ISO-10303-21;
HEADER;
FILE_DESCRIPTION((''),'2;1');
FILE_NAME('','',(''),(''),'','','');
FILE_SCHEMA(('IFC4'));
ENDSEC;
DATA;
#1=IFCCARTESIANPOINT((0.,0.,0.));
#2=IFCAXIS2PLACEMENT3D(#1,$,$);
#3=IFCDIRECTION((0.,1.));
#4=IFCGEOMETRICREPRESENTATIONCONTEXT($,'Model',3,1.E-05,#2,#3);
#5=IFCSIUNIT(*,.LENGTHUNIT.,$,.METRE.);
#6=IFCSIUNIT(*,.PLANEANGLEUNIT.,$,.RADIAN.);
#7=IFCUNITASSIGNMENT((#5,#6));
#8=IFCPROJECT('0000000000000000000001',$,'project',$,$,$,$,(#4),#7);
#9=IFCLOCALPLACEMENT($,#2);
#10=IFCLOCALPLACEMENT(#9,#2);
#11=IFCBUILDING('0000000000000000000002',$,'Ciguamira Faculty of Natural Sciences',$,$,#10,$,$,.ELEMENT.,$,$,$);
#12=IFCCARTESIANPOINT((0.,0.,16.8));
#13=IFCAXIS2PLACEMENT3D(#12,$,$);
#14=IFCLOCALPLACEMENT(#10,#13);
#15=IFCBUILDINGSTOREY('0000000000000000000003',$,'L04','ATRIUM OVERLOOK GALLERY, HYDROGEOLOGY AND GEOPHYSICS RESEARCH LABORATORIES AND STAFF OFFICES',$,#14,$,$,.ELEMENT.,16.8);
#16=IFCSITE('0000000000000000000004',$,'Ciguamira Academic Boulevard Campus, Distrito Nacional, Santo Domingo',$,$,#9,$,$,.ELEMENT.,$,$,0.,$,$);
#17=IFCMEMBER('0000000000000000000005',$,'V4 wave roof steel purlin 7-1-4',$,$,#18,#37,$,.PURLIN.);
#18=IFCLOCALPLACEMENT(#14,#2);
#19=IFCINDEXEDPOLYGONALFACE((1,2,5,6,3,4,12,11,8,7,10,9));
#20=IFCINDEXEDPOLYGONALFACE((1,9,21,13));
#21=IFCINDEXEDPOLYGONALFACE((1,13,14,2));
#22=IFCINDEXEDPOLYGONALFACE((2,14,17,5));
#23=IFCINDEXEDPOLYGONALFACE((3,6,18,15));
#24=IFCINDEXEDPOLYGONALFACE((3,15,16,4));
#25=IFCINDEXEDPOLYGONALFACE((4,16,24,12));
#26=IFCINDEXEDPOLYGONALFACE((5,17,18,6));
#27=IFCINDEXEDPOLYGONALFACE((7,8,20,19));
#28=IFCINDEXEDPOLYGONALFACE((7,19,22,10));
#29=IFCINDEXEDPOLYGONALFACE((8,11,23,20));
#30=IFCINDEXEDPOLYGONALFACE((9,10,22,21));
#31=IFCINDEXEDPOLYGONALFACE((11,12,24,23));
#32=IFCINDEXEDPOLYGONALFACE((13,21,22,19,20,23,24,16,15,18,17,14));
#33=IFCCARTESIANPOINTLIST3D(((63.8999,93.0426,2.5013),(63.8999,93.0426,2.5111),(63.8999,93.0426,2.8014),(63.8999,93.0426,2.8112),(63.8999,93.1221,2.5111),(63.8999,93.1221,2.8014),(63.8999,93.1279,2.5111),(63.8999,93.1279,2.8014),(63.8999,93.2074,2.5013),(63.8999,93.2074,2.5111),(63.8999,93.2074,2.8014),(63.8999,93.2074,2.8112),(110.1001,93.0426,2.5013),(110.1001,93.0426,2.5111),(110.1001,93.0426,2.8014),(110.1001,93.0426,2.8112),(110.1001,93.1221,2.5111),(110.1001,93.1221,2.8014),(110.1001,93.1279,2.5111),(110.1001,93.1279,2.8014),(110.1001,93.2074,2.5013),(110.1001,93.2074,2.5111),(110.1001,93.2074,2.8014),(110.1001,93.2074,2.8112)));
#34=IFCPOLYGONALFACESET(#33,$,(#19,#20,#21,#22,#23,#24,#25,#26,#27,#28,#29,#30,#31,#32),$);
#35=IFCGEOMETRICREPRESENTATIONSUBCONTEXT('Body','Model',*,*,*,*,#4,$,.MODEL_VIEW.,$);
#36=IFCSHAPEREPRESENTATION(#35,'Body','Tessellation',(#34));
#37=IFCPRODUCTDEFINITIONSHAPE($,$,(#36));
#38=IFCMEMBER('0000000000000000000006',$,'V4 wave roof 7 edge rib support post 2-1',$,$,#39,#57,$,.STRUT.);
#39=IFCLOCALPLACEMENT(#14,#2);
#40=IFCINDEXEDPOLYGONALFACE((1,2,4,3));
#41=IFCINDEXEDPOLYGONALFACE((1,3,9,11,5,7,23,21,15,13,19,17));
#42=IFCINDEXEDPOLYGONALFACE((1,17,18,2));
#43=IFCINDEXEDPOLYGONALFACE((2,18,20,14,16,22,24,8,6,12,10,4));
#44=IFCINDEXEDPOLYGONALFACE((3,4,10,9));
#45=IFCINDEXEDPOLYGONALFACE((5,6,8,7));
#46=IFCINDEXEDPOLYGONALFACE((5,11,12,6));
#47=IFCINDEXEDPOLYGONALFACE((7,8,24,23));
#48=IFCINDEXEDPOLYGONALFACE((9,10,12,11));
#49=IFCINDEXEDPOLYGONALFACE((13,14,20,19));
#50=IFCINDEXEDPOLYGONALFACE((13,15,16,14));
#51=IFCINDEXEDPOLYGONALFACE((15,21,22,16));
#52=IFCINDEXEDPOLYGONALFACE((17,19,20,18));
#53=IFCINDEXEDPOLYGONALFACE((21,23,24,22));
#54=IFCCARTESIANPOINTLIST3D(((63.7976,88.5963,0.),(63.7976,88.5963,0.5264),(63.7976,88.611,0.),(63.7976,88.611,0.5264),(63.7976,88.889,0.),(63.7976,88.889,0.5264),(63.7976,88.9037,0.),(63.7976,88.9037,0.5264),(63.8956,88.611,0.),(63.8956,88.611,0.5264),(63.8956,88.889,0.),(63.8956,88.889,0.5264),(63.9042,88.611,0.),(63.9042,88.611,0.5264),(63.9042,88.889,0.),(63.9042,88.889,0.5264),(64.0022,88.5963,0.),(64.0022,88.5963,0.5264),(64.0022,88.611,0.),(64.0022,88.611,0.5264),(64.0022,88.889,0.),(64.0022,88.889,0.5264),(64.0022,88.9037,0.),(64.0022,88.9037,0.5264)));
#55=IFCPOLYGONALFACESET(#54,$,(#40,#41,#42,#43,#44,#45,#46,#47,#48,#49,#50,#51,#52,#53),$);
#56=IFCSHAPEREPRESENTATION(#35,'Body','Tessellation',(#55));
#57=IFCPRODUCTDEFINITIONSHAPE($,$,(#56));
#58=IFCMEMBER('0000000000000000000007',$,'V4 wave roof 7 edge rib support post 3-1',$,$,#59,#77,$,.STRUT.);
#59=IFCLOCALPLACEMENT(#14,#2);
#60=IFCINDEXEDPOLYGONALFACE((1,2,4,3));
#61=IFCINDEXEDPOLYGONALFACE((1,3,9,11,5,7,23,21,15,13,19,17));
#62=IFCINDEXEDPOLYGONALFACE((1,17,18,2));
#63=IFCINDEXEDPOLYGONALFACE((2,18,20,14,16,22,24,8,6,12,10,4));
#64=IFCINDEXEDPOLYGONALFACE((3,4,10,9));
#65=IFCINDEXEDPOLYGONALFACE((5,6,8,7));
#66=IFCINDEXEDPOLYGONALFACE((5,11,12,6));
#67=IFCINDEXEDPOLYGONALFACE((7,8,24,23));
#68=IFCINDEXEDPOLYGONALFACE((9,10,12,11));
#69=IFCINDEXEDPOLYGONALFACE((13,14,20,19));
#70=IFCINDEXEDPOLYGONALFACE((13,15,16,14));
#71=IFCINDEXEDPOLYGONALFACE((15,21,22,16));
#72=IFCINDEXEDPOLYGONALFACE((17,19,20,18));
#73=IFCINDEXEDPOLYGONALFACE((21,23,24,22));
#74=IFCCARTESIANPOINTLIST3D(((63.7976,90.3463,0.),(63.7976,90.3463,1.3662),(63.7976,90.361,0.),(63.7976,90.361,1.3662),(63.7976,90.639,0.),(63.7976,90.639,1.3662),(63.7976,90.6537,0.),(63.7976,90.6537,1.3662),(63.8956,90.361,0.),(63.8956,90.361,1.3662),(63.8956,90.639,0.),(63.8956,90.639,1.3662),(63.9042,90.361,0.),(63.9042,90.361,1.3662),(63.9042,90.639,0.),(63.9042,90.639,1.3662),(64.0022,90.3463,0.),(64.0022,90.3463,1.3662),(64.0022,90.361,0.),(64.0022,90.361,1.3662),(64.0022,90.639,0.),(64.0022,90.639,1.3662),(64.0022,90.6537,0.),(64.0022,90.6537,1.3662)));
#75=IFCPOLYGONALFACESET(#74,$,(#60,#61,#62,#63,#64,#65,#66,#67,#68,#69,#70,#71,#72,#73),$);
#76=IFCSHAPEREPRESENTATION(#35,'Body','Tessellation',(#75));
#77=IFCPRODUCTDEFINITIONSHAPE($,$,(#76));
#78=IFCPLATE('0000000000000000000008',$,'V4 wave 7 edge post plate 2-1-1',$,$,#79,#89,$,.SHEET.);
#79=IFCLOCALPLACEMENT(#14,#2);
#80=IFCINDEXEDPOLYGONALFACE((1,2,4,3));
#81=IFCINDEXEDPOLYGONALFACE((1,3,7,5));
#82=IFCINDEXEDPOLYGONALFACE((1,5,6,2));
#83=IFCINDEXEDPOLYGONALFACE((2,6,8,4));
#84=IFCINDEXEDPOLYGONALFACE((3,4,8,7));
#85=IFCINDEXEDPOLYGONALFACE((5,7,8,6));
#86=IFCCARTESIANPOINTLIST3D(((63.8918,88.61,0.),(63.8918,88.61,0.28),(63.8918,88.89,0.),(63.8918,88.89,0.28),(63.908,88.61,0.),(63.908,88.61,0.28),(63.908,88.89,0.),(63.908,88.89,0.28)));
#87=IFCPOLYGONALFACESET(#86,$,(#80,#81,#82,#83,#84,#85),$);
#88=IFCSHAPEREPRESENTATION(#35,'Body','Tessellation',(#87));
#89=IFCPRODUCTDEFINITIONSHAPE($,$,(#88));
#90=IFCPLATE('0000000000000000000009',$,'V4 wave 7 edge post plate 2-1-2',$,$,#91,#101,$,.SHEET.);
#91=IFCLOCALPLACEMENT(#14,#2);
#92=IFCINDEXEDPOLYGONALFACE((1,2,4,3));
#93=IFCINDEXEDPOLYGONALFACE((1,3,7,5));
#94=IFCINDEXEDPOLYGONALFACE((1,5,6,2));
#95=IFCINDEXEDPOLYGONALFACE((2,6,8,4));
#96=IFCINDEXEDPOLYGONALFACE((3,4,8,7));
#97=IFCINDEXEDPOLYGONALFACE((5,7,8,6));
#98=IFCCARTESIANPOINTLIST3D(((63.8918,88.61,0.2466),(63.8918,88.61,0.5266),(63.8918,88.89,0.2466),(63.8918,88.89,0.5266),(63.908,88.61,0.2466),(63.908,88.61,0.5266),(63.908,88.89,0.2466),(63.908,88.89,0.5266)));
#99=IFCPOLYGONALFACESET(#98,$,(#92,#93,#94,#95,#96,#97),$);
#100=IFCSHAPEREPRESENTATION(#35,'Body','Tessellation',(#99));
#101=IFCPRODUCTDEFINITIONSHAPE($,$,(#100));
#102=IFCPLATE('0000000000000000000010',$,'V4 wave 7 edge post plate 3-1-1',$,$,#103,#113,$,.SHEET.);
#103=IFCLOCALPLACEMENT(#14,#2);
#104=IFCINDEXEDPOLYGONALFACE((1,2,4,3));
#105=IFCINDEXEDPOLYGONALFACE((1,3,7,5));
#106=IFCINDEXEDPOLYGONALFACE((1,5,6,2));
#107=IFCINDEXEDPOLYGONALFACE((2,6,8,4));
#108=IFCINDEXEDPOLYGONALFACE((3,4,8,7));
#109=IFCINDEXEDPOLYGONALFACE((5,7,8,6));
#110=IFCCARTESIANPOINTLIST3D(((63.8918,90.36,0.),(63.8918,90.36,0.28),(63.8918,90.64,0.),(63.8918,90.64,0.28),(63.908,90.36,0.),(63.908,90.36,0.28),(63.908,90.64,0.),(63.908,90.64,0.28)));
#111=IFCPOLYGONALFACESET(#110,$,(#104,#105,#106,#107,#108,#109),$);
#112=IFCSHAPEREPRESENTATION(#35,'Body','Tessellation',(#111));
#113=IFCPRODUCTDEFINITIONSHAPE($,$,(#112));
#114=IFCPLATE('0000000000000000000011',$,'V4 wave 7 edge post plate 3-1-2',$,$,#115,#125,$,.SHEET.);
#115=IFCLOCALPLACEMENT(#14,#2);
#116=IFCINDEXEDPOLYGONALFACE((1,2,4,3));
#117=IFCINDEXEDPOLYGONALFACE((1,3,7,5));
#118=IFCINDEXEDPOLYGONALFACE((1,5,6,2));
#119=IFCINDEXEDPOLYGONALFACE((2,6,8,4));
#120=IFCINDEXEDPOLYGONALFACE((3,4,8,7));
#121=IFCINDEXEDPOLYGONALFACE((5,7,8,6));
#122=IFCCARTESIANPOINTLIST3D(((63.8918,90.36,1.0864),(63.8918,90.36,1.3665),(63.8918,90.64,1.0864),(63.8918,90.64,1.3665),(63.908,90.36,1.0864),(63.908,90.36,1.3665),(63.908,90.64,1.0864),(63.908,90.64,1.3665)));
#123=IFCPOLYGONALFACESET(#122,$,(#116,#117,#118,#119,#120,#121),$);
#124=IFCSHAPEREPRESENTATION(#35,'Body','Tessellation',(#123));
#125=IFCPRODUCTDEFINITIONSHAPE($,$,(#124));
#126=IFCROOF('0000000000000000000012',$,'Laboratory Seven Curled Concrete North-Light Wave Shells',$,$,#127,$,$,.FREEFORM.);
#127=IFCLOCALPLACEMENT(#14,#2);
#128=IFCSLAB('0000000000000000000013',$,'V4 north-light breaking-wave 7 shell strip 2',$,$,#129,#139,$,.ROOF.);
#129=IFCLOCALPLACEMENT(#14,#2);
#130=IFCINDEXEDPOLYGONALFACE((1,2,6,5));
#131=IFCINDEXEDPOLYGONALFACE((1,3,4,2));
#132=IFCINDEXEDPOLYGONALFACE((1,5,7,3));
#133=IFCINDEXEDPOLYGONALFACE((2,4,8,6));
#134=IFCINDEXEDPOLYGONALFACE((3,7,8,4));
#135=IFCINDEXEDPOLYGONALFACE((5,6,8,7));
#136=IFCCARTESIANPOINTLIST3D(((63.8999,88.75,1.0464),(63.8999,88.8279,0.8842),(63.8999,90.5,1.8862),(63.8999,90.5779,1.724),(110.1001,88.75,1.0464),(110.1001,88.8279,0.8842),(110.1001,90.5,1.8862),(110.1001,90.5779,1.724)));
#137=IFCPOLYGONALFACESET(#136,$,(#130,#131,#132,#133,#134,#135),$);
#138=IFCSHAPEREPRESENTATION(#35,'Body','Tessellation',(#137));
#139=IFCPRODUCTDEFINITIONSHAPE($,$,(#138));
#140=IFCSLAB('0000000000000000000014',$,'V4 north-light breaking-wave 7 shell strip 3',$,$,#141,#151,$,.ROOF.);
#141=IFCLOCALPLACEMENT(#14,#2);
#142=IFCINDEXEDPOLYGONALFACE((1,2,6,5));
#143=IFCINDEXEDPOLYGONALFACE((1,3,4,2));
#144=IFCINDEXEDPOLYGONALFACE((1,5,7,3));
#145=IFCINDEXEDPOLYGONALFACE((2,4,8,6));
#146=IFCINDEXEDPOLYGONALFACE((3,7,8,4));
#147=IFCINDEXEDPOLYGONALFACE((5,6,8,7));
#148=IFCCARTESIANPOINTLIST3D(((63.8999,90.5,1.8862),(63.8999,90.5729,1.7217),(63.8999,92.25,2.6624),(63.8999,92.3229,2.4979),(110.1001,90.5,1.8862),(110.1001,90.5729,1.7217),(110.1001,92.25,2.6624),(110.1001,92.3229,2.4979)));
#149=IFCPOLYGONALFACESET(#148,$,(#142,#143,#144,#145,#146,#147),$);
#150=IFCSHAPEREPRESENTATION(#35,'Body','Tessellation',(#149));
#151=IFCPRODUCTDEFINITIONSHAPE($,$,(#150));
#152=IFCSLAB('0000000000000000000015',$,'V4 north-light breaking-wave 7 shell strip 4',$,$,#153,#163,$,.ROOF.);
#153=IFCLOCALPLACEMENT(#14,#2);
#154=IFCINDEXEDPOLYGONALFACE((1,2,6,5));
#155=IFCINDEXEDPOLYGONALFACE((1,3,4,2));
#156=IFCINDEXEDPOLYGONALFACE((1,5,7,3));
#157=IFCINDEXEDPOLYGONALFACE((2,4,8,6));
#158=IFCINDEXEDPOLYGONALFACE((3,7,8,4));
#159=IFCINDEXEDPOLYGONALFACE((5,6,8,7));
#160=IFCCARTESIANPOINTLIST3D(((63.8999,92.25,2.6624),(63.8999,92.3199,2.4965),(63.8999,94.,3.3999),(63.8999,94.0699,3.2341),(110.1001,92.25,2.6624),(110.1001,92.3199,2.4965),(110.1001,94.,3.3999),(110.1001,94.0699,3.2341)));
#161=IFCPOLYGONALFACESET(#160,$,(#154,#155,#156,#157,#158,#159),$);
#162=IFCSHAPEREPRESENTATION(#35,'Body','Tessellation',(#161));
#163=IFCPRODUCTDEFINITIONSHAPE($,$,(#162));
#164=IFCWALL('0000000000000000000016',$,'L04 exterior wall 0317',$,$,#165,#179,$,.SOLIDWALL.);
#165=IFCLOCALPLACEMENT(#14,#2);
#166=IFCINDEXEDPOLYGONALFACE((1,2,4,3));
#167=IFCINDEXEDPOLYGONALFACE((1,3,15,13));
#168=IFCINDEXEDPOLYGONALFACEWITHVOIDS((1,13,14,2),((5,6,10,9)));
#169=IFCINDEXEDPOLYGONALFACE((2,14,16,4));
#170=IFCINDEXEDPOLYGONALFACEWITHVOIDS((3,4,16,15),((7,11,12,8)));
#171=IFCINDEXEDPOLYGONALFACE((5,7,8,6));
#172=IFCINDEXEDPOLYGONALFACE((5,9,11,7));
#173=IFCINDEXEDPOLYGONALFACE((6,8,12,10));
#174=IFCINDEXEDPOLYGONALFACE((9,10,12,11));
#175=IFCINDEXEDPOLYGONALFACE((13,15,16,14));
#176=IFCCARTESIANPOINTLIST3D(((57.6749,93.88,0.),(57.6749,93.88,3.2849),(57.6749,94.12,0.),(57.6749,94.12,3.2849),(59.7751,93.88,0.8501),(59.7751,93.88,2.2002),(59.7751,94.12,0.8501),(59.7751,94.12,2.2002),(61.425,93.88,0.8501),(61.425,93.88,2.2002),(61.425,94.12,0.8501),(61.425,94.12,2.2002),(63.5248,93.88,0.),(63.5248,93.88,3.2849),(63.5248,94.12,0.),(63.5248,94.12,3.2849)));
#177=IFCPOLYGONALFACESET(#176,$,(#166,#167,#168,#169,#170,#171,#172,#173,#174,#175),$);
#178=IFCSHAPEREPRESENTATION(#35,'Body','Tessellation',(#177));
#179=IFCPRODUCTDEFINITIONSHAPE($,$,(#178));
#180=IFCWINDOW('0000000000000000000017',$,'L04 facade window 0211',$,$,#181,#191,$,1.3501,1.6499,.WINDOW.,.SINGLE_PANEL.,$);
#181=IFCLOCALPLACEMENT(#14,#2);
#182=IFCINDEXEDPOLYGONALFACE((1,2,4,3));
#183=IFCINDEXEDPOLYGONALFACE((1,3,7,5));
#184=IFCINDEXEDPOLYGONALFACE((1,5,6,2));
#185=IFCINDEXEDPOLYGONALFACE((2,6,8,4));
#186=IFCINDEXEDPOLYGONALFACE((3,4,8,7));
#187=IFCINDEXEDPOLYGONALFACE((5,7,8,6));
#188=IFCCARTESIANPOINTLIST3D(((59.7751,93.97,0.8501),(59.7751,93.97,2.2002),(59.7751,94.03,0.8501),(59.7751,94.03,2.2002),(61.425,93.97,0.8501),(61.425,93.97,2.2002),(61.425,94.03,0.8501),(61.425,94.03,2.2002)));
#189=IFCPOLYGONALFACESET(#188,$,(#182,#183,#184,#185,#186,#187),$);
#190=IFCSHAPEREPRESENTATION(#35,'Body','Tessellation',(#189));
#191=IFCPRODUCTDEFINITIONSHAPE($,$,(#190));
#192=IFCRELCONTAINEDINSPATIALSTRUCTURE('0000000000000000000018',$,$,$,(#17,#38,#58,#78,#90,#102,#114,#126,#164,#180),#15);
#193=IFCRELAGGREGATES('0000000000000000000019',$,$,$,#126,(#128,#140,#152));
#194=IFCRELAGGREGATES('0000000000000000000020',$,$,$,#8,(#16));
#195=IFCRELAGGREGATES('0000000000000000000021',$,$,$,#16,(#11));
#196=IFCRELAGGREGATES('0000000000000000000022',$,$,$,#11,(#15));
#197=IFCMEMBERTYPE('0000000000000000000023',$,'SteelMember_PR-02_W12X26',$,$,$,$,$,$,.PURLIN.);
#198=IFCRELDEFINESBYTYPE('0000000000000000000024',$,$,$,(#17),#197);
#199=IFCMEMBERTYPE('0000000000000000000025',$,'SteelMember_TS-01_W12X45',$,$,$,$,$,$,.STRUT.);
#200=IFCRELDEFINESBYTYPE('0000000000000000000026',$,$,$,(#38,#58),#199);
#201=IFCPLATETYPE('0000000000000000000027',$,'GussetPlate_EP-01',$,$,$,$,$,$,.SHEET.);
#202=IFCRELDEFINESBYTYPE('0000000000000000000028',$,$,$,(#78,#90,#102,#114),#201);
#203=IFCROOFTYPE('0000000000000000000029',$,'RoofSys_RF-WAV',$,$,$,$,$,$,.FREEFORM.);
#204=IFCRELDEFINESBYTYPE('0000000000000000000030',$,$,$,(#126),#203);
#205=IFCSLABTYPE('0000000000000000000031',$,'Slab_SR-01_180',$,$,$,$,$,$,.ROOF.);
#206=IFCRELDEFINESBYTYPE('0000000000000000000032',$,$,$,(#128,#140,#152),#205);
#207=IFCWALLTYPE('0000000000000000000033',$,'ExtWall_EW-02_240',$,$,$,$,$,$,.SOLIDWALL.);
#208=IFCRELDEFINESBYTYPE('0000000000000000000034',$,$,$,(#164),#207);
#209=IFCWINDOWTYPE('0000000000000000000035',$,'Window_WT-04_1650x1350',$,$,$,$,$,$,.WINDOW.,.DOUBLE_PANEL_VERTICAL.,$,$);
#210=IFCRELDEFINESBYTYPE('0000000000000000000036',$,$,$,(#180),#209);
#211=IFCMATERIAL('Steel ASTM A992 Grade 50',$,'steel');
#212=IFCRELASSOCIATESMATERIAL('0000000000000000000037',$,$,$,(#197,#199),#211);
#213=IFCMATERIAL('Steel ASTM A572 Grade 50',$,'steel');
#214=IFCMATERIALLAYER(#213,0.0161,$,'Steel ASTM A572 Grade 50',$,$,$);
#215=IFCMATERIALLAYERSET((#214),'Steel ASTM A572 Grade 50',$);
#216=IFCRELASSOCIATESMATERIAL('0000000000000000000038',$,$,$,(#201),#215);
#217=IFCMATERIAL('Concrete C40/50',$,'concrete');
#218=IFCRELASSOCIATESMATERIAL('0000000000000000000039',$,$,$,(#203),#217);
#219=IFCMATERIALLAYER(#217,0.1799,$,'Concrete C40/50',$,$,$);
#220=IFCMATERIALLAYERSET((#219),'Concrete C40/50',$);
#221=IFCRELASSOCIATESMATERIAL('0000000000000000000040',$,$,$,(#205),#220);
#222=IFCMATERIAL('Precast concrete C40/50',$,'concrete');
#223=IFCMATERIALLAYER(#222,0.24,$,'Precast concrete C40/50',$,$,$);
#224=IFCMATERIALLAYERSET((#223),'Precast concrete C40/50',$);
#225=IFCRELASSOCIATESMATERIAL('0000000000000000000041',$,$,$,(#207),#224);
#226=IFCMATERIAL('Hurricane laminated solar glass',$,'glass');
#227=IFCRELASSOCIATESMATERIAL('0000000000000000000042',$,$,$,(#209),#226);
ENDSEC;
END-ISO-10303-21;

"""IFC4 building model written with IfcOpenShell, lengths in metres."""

from ifc_helpers import new_model, si_unit, direction, frame, frame_2d, origin, origin_2d, place, context, subcontext, project, spatial, polyline, rectangle, i_section, outline, extrude, material, layer, layer_set, material_profile, profile_set, type_object, element, fill, aggregate, save


model = new_model("IFC4")

# Units and contexts
model_context = context("Model", 3, precision=1e-05, world=origin(), true_north=direction((0.0, 1.0)))
body_context = subcontext(model_context, "Body", "Model", "MODEL_VIEW")
ifc_project = project(units=[si_unit("LENGTHUNIT", "METRE"), si_unit("PLANEANGLEUNIT", "RADIAN")], contexts=[model_context])

# Site, building, storey
site_placement = place(None, origin())
site = spatial("IfcSite", under=ifc_project, at=site_placement, Name="Ciguamira Academic Boulevard Campus, Distrito Nacional, Santo Domingo", CompositionType="ELEMENT", RefElevation=0.0)
building_placement = place(site_placement, origin())
building = spatial("IfcBuilding", under=site, at=building_placement, Name="Ciguamira Faculty of Natural Sciences", CompositionType="ELEMENT")
storey_placement = place(building_placement, frame((0.0, 0.0, 16.8)))
storey = spatial("IfcBuildingStorey", under=building, at=storey_placement, Name="L04", Description="ATRIUM OVERLOOK GALLERY, HYDROGEOLOGY AND GEOPHYSICS RESEARCH LABORATORIES AND STAFF OFFICES", CompositionType="ELEMENT", Elevation=16.8)

# Shared definitions
ifc_material_1 = material(Name="Concrete C40/50", Category="concrete")

# Members
ifc_material_2 = material(Name="Steel ASTM A992 Grade 50", Category="steel")
ifc_material_profile_1 = material_profile(ifc_material_2, i_section(OverallWidth=0.1648, OverallDepth=0.3098, WebThickness=0.0059, FlangeThickness=0.0098, at=origin_2d()), Name="W12X26")
ifc_profile_set_1 = profile_set([ifc_material_profile_1], Name="Steel ASTM A992 Grade 50")
member_type_1 = type_object("IfcMemberType", Name="SteelMember_PR-02_W12X26", PredefinedType="PURLIN", material=ifc_profile_set_1)
for number, where, z_axis, x_axis, name in (
    (1, (63.8999, 93.125, 2.6562), (1.0, 0.0, 0.0), (0.0, 1.0, 0.0), "V4 wave roof steel purlin 7-1-4"),
):
    element("IfcMember", number, at=place(storey_placement, frame(where, z_axis=z_axis, x_axis=x_axis)), inside=storey, type_object=member_type_1, Name=name, PredefinedType="PURLIN", context=body_context, shape_type="SweptSolid", body=[
        extrude(i_section(OverallWidth=0.1648, OverallDepth=0.3098, WebThickness=0.0059, FlangeThickness=0.0098, at=origin_2d()), origin(), (0.0, 0.0, 1.0), 46.2002),
    ])
ifc_material_profile_2 = material_profile(ifc_material_2, i_section(OverallWidth=0.2046, OverallDepth=0.3074, WebThickness=0.0085, FlangeThickness=0.0146, at=origin_2d()), Name="W12X45")
ifc_profile_set_2 = profile_set([ifc_material_profile_2], Name="Steel ASTM A992 Grade 50")
member_type_2 = type_object("IfcMemberType", Name="SteelMember_TS-01_W12X45", PredefinedType="STRUT", material=ifc_profile_set_2)
member_1_placement = place(storey_placement, frame((63.8999, 88.75, 0.0), z_axis=(0.0, 0.0, 1.0), x_axis=(1.0, 0.0, 0.0)))
element("IfcMember", 2, at=member_1_placement, inside=storey, type_object=member_type_2, Name="V4 wave roof 7 edge rib support post 2-1", PredefinedType="STRUT", context=body_context, shape_type="SweptSolid", body=[
    extrude(i_section(OverallWidth=0.2046, OverallDepth=0.3074, WebThickness=0.0085, FlangeThickness=0.0146, at=origin_2d()), origin(), (0.0, 0.0, 1.0), 0.5264),
])
member_2_placement = place(storey_placement, frame((63.8999, 90.5, 0.0), z_axis=(0.0, 0.0, 1.0), x_axis=(1.0, 0.0, 0.0)))
element("IfcMember", 3, at=member_2_placement, inside=storey, type_object=member_type_2, Name="V4 wave roof 7 edge rib support post 3-1", PredefinedType="STRUT", context=body_context, shape_type="SweptSolid", body=[
    extrude(i_section(OverallWidth=0.2046, OverallDepth=0.3074, WebThickness=0.0085, FlangeThickness=0.0146, at=origin_2d()), origin(), (0.0, 0.0, 1.0), 1.3662),
])

# Plates
ifc_material_3 = material(Name="Steel ASTM A572 Grade 50", Category="steel")
ifc_layer_1 = layer(ifc_material_3, 0.0161, Name="Steel ASTM A572 Grade 50")
ifc_layer_set_1 = layer_set([ifc_layer_1], Name="Steel ASTM A572 Grade 50")
plate_type = type_object("IfcPlateType", Name="GussetPlate_EP-01", PredefinedType="SHEET", material=ifc_layer_set_1)
for number, where, z_axis, x_axis, name in (
    (4, (63.8999, 88.75, 0.0), (0.0, 0.0, 1.0), (1.0, 0.0, 0.0), "V4 wave 7 edge post plate 2-1-1"),
    (5, (63.8999, 88.75, 0.2466), (0.0, 0.0, 1.0), (1.0, 0.0, 0.0), "V4 wave 7 edge post plate 2-1-2"),
    (6, (63.8999, 90.5, 0.0), (0.0, 0.0, 1.0), (1.0, 0.0, 0.0), "V4 wave 7 edge post plate 3-1-1"),
    (7, (63.8999, 90.5, 1.0864), (0.0, 0.0, 1.0), (1.0, 0.0, 0.0), "V4 wave 7 edge post plate 3-1-2"),
):
    element("IfcPlate", number, at=place(storey_placement, frame(where, z_axis=z_axis, x_axis=x_axis)), inside=storey, type_object=plate_type, Name=name, PredefinedType="SHEET", context=body_context, shape_type="SweptSolid", body=[
        extrude(rectangle(XDim=0.0161, YDim=0.28, at=origin_2d()), origin(), (0.0, 0.0, 1.0), 0.28),
    ])

# Roof, slabs
roof_type = type_object("IfcRoofType", Name="RoofSys_RF-WAV", PredefinedType="FREEFORM", material=ifc_material_1)
roof_placement = place(storey_placement, origin())
roof = element("IfcRoof", 8, at=roof_placement, inside=storey, type_object=roof_type, Name="Laboratory Seven Curled Concrete North-Light Wave Shells", PredefinedType="FREEFORM")
ifc_layer_2 = layer(ifc_material_1, 0.1799, Name="Concrete C40/50")
ifc_layer_set_2 = layer_set([ifc_layer_2], Name="Concrete C40/50")
slab_type = type_object("IfcSlabType", Name="Slab_SR-01_180", PredefinedType="ROOF", material=ifc_layer_set_2)
slab_1_placement = place(storey_placement, frame((63.8999, 88.75, 1.0464), z_axis=(0.0, -0.432666, 0.901554), x_axis=(1.0, 0.0, 0.0)))
slab_1 = element("IfcSlab", 9, at=slab_1_placement, type_object=slab_type, Name="V4 north-light breaking-wave 7 shell strip 2", PredefinedType="ROOF", context=body_context, shape_type="SweptSolid", body=[
    extrude(outline(polyline([(0.0, 0.0), (46.2002, 0.0), (46.2002, 1.9411), (0.0, 1.9411), (0.0, 0.0)])), origin(), (0.0, 0.0, -1.0), 0.1799),
])
slab_2_placement = place(storey_placement, frame((63.8999, 90.5, 1.8862), z_axis=(0.0, -0.405417, 0.914132), x_axis=(1.0, 0.0, 0.0)))
slab_2 = element("IfcSlab", 10, at=slab_2_placement, type_object=slab_type, Name="V4 north-light breaking-wave 7 shell strip 3", PredefinedType="ROOF", context=body_context, shape_type="SweptSolid", body=[
    extrude(outline(polyline([(0.0, 0.0), (46.2002, 0.0), (46.2002, 1.9144), (0.0, 1.9144), (0.0, 0.0)])), origin(), (0.0, 0.0, -1.0), 0.1799),
])
slab_3_placement = place(storey_placement, frame((63.8999, 92.25, 2.6624), z_axis=(0.0, -0.388373, 0.921502), x_axis=(1.0, 0.0, 0.0)))
slab_3 = element("IfcSlab", 11, at=slab_3_placement, type_object=slab_type, Name="V4 north-light breaking-wave 7 shell strip 4", PredefinedType="ROOF", context=body_context, shape_type="SweptSolid", body=[
    extrude(outline(polyline([(0.0, 0.0), (46.2002, 0.0), (46.2002, 1.8991), (0.0, 1.8991), (0.0, 0.0)])), origin(), (0.0, 0.0, -1.0), 0.1799),
])
aggregate(roof, [slab_1, slab_2, slab_3])

# Wall, opening, window
ifc_material_4 = material(Name="Precast concrete C40/50", Category="concrete")
ifc_layer_3 = layer(ifc_material_4, 0.24, Name="Precast concrete C40/50")
ifc_layer_set_3 = layer_set([ifc_layer_3], Name="Precast concrete C40/50")
wall_type = type_object("IfcWallType", Name="ExtWall_EW-02_240", PredefinedType="SOLIDWALL", material=ifc_layer_set_3)
wall_placement = place(storey_placement, frame((57.675, 94.0, 0.0), z_axis=(0.0, 0.0, 1.0), x_axis=(1.0, 0.0, 0.0)))
wall = element("IfcWall", 12, at=wall_placement, inside=storey, type_object=wall_type, Name="L04 exterior wall 0317", PredefinedType="SOLIDWALL", context=body_context, shape_type="SweptSolid", body=[
    extrude(rectangle(XDim=5.8499, YDim=0.24, at=frame_2d((2.9248, 0.0))), origin(), (0.0, 0.0, 1.0), 3.2849),
])
opening_placement = place(wall_placement, frame((2.1001, 0.0, 0.8501)))
opening = element("IfcOpeningElement", 13, at=opening_placement, cuts=wall, PredefinedType="OPENING", context=body_context, shape_type="SweptSolid", body=[
    extrude(rectangle(XDim=1.6499, YDim=1.3501, at=frame_2d((0.825, 0.675))), frame((0.0, 0.1299, 0.0), z_axis=(0.0, -1.0, 0.0), x_axis=(1.0, 0.0, 0.0)), (0.0, 0.0, 1.0), 0.26),
])
ifc_material_5 = material(Name="Hurricane laminated solar glass", Category="glass")
window_type = type_object("IfcWindowType", Name="Window_WT-04_1650x1350", PartitioningType="DOUBLE_PANEL_VERTICAL", PredefinedType="WINDOW", material=ifc_material_5)
window_placement = place(opening_placement, origin())
window = element("IfcWindow", 14, at=window_placement, inside=storey, type_object=window_type, Name="L04 facade window 0211", OverallHeight=1.3501, OverallWidth=1.6499, PartitioningType="SINGLE_PANEL", PredefinedType="WINDOW", context=body_context, shape_type="SweptSolid", body=[
    extrude(rectangle(XDim=1.6499, YDim=1.3501, at=frame_2d((0.825, 0.675))), frame((0.0, 0.03, 0.0), z_axis=(0.0, -1.0, 0.0), x_axis=(1.0, 0.0, 0.0)), (0.0, 0.0, 1.0), 0.0601),
])
fill(opening, window)

save(model, "model.ifc")
